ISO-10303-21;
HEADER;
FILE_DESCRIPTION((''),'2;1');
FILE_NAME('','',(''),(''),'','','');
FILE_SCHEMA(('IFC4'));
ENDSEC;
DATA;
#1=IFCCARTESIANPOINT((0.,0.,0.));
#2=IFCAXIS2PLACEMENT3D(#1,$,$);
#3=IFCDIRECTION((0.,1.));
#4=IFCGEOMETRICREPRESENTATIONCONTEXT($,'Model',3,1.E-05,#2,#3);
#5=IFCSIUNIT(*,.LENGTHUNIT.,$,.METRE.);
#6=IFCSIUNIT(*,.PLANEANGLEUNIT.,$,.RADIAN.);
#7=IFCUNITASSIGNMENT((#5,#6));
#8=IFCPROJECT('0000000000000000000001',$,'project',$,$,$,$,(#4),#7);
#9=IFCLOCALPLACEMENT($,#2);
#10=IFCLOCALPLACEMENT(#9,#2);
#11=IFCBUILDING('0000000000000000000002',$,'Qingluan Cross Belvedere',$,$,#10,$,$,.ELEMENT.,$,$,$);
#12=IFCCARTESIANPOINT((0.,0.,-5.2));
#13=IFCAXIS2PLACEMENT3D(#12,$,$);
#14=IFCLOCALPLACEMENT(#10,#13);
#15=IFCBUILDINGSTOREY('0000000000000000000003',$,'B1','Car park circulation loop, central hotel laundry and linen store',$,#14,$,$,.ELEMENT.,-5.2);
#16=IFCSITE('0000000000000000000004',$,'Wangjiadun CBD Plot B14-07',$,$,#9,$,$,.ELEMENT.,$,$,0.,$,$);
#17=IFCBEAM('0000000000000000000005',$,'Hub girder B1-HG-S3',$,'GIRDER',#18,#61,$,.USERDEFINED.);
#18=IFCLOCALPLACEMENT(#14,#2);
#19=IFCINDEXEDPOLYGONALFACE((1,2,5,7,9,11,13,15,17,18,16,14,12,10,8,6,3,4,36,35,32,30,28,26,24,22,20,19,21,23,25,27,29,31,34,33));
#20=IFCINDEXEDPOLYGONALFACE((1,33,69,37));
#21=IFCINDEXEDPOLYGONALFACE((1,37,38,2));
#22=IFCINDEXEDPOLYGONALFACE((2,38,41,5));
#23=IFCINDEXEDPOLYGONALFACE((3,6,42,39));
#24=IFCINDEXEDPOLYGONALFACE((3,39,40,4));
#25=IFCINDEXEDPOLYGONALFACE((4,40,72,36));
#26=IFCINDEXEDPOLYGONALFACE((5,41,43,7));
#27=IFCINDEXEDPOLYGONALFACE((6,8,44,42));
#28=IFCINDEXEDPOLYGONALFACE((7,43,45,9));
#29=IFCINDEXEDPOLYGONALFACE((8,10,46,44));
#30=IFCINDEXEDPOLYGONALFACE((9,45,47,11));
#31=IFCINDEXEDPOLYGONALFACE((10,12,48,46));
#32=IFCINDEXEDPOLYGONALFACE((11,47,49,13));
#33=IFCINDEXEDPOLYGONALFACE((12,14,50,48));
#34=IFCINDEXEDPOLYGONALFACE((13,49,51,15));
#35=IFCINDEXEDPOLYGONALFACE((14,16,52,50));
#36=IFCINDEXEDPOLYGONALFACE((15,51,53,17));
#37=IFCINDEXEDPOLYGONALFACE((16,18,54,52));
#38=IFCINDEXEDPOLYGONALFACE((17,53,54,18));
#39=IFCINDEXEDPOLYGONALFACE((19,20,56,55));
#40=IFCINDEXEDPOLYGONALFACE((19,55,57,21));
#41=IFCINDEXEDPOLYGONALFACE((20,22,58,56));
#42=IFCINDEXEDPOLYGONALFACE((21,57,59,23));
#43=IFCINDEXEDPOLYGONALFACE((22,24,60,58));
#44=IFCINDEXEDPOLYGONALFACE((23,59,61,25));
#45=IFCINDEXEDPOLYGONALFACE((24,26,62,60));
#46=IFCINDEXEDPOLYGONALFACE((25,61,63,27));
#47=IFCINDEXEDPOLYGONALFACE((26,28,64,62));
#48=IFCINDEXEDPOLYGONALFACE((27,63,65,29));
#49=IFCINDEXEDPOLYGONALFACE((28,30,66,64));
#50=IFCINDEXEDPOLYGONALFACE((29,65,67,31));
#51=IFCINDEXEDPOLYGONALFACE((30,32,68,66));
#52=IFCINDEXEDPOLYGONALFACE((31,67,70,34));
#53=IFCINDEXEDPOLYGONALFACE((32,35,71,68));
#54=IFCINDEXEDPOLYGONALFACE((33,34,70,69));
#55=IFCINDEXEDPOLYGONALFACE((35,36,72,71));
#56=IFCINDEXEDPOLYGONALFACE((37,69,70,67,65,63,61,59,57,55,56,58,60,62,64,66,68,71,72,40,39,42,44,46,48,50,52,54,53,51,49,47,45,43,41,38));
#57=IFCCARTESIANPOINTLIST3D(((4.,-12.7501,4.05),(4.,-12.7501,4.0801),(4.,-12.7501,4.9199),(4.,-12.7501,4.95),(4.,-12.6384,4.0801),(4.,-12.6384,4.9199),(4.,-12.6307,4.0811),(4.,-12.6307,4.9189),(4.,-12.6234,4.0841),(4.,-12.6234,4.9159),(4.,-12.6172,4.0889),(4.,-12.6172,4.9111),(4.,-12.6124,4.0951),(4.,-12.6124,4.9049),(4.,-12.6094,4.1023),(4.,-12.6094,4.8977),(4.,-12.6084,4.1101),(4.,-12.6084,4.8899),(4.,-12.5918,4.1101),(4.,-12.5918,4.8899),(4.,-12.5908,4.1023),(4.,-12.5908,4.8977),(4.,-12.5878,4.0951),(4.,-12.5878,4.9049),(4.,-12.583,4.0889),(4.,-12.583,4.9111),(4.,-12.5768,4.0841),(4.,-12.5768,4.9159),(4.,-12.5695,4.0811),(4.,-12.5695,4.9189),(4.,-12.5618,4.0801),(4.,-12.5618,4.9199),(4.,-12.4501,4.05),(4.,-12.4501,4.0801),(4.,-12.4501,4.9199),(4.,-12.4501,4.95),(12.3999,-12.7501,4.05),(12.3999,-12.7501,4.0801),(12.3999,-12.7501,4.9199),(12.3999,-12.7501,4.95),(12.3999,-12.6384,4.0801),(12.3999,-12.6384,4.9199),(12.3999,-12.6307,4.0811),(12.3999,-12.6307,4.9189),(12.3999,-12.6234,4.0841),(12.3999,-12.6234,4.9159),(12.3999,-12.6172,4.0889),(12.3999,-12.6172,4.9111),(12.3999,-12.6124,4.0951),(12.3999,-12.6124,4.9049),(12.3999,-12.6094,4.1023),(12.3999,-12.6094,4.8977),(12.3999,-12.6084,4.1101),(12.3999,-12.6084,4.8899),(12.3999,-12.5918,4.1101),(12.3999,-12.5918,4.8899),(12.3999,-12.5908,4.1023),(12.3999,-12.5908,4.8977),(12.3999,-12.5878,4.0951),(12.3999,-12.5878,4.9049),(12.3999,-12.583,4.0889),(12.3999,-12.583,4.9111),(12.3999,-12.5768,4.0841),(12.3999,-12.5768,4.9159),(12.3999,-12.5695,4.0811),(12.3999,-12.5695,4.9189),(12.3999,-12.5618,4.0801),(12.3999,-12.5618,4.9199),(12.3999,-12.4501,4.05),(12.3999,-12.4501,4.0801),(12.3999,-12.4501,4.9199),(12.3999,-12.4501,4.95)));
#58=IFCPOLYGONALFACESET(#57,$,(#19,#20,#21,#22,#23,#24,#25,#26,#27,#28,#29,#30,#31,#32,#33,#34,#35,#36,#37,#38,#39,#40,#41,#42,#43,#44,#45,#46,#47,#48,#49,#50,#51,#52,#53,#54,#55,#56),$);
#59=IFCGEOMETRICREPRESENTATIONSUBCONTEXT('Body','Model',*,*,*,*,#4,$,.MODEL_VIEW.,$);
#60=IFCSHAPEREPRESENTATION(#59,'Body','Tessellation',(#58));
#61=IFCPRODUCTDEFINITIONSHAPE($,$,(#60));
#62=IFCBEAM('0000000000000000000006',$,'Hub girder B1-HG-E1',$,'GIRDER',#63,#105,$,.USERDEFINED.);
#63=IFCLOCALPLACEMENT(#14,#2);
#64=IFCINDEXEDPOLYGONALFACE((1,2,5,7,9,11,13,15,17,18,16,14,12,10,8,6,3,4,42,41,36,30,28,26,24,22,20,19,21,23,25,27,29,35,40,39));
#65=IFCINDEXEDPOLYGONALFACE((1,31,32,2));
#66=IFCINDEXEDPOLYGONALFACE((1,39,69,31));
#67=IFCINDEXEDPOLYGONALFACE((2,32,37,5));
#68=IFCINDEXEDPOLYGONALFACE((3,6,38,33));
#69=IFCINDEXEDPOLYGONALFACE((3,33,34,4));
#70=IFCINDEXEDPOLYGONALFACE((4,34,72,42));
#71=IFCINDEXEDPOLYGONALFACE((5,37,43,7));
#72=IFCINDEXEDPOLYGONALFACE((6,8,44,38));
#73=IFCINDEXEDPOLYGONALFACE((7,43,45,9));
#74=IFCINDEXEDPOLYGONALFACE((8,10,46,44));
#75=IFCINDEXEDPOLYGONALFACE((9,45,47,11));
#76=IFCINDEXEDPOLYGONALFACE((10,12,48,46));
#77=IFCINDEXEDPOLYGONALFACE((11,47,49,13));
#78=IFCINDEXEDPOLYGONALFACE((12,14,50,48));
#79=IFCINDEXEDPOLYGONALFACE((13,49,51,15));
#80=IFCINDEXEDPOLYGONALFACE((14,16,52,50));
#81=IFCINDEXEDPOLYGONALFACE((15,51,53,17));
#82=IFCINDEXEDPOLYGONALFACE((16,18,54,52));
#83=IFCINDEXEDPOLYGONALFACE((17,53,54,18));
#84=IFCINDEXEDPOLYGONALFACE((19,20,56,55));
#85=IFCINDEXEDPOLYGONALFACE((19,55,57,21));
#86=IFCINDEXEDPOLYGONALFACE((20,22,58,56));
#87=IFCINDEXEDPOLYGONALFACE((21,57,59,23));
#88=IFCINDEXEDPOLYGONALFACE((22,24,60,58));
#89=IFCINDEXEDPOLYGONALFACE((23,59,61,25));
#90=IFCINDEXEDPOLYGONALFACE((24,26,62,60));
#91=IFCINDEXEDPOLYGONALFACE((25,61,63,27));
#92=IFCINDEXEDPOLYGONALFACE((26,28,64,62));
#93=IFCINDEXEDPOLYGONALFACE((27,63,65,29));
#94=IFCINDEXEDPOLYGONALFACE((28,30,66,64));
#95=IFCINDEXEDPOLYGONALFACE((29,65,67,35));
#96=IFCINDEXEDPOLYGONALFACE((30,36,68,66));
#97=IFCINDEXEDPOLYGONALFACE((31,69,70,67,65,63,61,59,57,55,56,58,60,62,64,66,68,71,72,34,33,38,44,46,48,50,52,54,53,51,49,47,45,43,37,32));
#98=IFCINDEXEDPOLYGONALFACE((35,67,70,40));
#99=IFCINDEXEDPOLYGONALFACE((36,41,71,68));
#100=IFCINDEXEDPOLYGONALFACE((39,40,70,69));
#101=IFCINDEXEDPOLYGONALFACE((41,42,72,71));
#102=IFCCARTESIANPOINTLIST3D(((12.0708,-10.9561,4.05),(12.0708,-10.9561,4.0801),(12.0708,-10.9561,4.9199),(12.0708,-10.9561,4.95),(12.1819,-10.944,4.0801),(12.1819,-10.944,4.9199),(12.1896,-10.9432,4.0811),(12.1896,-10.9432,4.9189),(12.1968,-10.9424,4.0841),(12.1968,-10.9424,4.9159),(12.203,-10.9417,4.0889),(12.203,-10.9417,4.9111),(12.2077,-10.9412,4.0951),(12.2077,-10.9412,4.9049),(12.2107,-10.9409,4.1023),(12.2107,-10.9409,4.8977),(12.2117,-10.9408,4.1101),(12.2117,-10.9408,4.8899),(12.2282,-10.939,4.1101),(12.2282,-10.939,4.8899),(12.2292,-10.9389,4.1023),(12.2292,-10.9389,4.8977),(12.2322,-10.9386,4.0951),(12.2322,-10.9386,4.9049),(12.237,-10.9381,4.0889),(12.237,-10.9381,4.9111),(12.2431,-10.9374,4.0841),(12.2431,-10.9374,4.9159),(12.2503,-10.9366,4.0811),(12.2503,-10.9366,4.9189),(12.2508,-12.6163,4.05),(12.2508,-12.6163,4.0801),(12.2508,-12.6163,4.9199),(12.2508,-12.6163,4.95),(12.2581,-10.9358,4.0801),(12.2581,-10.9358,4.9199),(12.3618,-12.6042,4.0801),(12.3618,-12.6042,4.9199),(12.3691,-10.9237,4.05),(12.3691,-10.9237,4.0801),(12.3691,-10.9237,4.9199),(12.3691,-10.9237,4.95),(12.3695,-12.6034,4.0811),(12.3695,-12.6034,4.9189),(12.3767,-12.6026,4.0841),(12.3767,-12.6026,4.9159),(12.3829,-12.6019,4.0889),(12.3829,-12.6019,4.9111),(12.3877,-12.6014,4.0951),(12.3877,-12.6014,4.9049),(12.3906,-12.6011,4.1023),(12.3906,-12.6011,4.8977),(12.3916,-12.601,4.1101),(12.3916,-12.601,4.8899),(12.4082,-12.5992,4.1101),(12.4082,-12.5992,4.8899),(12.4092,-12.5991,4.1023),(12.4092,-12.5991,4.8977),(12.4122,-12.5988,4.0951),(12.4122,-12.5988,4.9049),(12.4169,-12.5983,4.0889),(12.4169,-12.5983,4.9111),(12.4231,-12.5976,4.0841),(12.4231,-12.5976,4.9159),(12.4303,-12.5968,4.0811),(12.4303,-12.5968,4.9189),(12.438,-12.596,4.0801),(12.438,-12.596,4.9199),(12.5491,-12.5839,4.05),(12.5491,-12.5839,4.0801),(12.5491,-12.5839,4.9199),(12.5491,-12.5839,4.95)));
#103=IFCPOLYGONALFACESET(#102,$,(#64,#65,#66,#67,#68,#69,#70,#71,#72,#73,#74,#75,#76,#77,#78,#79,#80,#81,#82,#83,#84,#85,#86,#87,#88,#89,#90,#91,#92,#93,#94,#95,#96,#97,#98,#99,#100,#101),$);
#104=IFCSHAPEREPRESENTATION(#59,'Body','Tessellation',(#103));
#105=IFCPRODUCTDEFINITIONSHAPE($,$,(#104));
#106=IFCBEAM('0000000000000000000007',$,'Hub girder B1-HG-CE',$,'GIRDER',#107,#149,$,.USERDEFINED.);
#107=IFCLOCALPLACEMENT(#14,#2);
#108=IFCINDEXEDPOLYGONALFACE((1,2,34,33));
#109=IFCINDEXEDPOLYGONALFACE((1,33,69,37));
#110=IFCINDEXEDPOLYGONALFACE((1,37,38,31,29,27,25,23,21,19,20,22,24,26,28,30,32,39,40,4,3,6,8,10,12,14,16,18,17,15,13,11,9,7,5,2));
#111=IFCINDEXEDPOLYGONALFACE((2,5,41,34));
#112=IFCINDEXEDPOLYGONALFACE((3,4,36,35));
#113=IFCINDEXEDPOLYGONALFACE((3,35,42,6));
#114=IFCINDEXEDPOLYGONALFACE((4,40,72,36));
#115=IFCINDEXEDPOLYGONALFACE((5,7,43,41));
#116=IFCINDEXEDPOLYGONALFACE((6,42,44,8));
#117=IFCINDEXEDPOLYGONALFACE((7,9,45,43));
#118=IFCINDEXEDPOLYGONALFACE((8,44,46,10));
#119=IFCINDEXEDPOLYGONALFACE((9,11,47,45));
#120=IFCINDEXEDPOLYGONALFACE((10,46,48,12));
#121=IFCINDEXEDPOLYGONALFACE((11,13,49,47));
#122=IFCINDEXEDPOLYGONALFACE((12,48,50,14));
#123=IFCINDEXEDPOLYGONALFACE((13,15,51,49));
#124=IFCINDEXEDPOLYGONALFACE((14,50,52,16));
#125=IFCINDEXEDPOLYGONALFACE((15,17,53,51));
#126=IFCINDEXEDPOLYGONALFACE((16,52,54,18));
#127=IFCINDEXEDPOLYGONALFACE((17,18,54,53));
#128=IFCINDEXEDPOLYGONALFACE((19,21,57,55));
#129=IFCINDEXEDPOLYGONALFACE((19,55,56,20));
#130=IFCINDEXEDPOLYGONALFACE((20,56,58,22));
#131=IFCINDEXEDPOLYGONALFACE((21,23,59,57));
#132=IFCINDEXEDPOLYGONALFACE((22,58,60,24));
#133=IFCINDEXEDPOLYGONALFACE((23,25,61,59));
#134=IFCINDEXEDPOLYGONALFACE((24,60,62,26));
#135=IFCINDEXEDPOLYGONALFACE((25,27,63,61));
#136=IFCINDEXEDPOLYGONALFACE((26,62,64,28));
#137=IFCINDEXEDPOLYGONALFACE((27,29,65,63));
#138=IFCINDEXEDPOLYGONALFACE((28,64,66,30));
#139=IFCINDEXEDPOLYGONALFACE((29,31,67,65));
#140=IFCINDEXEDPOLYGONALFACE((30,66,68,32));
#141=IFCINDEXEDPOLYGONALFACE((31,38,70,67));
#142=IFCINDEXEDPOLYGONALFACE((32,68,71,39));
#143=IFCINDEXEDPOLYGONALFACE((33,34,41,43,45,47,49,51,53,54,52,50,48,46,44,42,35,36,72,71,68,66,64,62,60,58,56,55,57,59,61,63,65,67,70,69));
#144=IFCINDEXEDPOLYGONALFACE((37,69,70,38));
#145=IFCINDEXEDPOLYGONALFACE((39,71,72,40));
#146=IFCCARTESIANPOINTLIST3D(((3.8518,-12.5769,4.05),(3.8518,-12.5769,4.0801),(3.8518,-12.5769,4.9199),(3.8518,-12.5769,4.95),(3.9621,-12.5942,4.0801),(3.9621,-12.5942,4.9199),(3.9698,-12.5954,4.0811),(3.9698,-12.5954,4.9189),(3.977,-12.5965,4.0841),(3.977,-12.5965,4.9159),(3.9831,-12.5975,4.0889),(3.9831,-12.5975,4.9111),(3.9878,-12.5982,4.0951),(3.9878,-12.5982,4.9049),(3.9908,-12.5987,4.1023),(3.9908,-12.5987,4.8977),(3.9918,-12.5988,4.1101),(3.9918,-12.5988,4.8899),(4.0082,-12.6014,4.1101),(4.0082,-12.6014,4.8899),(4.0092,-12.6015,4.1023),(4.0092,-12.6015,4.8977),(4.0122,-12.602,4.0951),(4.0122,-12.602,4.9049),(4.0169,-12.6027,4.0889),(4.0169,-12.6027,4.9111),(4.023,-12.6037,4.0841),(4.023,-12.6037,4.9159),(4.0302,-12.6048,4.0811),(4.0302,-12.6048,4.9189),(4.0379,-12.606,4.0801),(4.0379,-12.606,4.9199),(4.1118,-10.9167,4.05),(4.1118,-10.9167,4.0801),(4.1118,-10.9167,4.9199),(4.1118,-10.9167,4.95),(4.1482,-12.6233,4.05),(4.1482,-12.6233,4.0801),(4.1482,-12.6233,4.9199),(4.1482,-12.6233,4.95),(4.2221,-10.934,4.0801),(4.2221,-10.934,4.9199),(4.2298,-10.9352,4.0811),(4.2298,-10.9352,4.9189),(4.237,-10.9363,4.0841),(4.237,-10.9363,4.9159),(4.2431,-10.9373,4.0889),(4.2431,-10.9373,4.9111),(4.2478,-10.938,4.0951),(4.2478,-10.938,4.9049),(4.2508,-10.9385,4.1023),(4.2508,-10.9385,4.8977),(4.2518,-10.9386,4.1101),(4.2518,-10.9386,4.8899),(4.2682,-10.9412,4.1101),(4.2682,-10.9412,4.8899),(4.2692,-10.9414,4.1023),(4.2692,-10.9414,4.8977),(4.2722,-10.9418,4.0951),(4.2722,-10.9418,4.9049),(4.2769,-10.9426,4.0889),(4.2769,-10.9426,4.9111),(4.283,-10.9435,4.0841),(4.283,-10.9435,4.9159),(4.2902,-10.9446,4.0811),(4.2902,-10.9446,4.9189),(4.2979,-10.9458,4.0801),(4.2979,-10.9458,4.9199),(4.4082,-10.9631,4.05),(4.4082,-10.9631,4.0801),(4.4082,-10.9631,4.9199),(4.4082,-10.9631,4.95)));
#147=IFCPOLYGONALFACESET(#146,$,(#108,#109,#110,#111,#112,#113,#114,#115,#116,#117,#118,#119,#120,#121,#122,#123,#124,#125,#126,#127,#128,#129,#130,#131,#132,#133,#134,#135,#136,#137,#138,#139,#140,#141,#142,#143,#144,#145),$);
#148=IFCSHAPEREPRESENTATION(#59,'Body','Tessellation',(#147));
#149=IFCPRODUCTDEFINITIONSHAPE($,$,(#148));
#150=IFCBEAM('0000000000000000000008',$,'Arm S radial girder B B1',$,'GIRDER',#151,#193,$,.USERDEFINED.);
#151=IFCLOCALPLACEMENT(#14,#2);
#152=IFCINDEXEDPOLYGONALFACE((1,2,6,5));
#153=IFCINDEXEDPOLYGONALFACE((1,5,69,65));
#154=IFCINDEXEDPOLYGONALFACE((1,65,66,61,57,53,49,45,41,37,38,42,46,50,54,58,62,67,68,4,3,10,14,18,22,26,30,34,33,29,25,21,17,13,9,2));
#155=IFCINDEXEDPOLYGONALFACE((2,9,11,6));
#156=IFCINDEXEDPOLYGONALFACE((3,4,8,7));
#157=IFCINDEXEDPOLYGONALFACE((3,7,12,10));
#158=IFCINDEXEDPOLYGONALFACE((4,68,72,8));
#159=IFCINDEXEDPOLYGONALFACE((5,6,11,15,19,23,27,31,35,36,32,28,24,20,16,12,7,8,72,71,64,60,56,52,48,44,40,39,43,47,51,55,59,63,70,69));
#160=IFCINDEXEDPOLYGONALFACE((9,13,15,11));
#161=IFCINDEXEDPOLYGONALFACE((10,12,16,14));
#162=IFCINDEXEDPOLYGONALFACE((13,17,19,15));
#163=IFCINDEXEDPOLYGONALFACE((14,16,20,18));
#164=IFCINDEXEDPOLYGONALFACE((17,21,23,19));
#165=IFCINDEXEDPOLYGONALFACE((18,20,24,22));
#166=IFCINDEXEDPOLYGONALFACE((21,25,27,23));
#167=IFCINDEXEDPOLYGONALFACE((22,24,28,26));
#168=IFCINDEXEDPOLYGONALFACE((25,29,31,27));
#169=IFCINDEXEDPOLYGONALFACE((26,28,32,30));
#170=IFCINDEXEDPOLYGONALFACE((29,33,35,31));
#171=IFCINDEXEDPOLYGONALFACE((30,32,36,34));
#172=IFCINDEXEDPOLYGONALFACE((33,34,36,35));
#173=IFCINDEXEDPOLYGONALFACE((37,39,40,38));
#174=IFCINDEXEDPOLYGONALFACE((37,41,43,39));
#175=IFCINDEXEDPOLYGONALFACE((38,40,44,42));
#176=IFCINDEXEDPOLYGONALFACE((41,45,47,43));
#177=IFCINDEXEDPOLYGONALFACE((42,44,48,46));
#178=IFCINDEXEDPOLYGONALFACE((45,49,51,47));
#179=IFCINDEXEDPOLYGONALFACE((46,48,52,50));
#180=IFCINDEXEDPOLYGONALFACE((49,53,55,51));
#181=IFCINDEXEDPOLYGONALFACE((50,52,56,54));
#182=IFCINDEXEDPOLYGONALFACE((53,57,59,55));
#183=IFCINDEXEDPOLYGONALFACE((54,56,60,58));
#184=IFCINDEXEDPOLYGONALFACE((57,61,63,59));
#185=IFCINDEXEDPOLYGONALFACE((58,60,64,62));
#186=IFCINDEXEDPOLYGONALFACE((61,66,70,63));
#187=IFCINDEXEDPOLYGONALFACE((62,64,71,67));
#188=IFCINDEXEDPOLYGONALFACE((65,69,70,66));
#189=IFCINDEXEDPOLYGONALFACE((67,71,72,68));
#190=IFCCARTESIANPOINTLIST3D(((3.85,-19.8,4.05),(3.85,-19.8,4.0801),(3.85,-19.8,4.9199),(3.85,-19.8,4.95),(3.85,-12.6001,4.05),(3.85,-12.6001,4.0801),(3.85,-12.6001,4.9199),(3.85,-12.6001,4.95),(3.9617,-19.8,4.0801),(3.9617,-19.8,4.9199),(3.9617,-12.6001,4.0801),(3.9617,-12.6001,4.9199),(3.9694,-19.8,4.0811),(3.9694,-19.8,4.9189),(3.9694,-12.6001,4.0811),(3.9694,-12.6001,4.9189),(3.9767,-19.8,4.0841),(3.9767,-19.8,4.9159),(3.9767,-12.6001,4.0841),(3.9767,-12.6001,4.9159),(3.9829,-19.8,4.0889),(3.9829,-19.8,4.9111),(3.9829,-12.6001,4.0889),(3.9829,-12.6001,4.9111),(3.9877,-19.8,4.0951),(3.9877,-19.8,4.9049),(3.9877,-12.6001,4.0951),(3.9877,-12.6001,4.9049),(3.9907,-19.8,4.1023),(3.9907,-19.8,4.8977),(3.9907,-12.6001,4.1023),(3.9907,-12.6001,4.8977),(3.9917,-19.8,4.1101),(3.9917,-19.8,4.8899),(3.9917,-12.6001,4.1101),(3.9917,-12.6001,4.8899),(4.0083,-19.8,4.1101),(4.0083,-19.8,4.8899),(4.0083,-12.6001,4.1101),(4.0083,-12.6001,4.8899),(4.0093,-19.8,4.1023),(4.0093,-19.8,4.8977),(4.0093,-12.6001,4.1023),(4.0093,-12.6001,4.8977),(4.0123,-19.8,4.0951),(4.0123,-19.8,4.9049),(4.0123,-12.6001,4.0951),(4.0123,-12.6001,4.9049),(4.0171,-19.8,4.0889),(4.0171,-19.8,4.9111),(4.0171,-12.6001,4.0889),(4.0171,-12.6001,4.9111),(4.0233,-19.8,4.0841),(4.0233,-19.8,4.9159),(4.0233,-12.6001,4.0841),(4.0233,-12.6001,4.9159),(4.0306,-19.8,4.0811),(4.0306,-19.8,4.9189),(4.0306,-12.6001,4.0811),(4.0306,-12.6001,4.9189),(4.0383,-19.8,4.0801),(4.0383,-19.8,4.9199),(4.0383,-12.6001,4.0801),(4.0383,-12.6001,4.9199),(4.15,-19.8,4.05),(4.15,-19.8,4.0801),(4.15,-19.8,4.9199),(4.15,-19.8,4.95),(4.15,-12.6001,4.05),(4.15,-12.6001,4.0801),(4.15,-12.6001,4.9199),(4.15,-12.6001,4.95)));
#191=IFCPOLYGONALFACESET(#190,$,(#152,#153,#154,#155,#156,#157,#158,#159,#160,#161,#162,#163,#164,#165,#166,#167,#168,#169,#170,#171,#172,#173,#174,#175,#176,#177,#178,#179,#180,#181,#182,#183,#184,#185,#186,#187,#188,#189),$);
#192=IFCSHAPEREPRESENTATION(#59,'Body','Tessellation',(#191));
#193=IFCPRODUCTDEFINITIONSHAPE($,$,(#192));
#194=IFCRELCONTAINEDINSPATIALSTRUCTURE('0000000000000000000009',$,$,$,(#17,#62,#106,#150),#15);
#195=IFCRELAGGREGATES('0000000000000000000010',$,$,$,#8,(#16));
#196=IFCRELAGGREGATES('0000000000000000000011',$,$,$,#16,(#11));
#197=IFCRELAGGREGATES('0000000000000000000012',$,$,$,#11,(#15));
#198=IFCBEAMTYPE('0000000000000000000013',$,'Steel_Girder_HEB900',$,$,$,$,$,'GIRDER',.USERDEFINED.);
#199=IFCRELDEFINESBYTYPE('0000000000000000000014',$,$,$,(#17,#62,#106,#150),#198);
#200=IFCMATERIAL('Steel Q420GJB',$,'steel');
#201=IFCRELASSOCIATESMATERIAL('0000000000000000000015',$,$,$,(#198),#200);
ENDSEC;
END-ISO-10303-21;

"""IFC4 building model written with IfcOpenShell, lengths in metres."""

from ifc_helpers import new_model, si_unit, direction, frame, origin, origin_2d, place, context, subcontext, project, spatial, i_section, extrude, material, material_profile, profile_set, type_object, element, save


model = new_model("IFC4")

# Units and contexts
model_context = context("Model", 3, precision=1e-05, world=origin(), true_north=direction((0.0, 1.0)))
body_context = subcontext(model_context, "Body", "Model", "MODEL_VIEW")
ifc_project = project(units=[si_unit("LENGTHUNIT", "METRE"), si_unit("PLANEANGLEUNIT", "RADIAN")], contexts=[model_context])

# Site, building, storey
site_placement = place(None, origin())
site = spatial("IfcSite", under=ifc_project, at=site_placement, Name="Wangjiadun CBD Plot B14-07", CompositionType="ELEMENT", RefElevation=0.0)
building_placement = place(site_placement, origin())
building = spatial("IfcBuilding", under=site, at=building_placement, Name="Qingluan Cross Belvedere", CompositionType="ELEMENT")
storey_placement = place(building_placement, frame((0.0, 0.0, -5.2)))
storey = spatial("IfcBuildingStorey", under=building, at=storey_placement, Name="B1", Description="Car park circulation loop, central hotel laundry and linen store", CompositionType="ELEMENT", Elevation=-5.2)

# Beams
ifc_material_1 = material(Name="Steel Q420GJB", Category="steel")
ifc_material_profile_1 = material_profile(ifc_material_1, i_section(OverallWidth=0.3, OverallDepth=0.8999, WebThickness=0.0166, FlangeThickness=0.03, FilletRadius=0.03, at=origin_2d()), Name="HEB900")
ifc_profile_set_1 = profile_set([ifc_material_profile_1], Name="Steel Q420GJB")
beam_type_1 = type_object("IfcBeamType", Name="Steel_Girder_HEB900", ElementType="GIRDER", PredefinedType="USERDEFINED", material=ifc_profile_set_1)
beam_1_placement = place(storey_placement, frame((4.0, -12.6001, 4.5), z_axis=(1.0, 0.0, 0.0), x_axis=(0.0, 1.0, 0.0)))
element("IfcBeam", 1, at=beam_1_placement, inside=storey, type_object=beam_type_1, Name="Hub girder B1-HG-S3", ObjectType="GIRDER", PredefinedType="USERDEFINED", context=body_context, shape_type="SweptSolid", body=[
    extrude(i_section(OverallWidth=0.3, OverallDepth=0.8999, WebThickness=0.0166, FlangeThickness=0.03, FilletRadius=0.03, at=origin_2d()), origin(), (0.0, 0.0, 1.0), 8.3999),
])
beam_2_placement = place(storey_placement, frame((12.3999, -12.6001, 4.5), z_axis=(-0.107751, 0.994178, 0.0), x_axis=(-0.994178, -0.107751, 0.0)))
element("IfcBeam", 2, at=beam_2_placement, inside=storey, type_object=beam_type_1, Name="Hub girder B1-HG-E1", ObjectType="GIRDER", PredefinedType="USERDEFINED", context=body_context, shape_type="SweptSolid", body=[
    extrude(i_section(OverallWidth=0.3, OverallDepth=0.8999, WebThickness=0.0166, FlangeThickness=0.03, FilletRadius=0.03, at=origin_2d()), origin(), (0.0, 0.0, 1.0), 1.6699),
])
beam_3_placement = place(storey_placement, frame((4.0, -12.6001, 4.5), z_axis=(0.154731, 0.987957, 0.0), x_axis=(-0.987957, 0.154731, 0.0)))
element("IfcBeam", 3, at=beam_3_placement, inside=storey, type_object=beam_type_1, Name="Hub girder B1-HG-CE", ObjectType="GIRDER", PredefinedType="USERDEFINED", context=body_context, shape_type="SweptSolid", body=[
    extrude(i_section(OverallWidth=0.3, OverallDepth=0.8999, WebThickness=0.0166, FlangeThickness=0.03, FilletRadius=0.03, at=origin_2d()), origin(), (0.0, 0.0, 1.0), 1.6804),
])
beam_4_placement = place(storey_placement, frame((4.0, -12.6001, 4.5), z_axis=(0.0, -1.0, 0.0), x_axis=(1.0, 0.0, 0.0)))
element("IfcBeam", 4, at=beam_4_placement, inside=storey, type_object=beam_type_1, Name="Arm S radial girder B B1", ObjectType="GIRDER", PredefinedType="USERDEFINED", context=body_context, shape_type="SweptSolid", body=[
    extrude(i_section(OverallWidth=0.3, OverallDepth=0.8999, WebThickness=0.0166, FlangeThickness=0.03, FilletRadius=0.03, at=origin_2d()), origin(), (0.0, 0.0, 1.0), 7.2),
])

save(model, "model.ifc")
